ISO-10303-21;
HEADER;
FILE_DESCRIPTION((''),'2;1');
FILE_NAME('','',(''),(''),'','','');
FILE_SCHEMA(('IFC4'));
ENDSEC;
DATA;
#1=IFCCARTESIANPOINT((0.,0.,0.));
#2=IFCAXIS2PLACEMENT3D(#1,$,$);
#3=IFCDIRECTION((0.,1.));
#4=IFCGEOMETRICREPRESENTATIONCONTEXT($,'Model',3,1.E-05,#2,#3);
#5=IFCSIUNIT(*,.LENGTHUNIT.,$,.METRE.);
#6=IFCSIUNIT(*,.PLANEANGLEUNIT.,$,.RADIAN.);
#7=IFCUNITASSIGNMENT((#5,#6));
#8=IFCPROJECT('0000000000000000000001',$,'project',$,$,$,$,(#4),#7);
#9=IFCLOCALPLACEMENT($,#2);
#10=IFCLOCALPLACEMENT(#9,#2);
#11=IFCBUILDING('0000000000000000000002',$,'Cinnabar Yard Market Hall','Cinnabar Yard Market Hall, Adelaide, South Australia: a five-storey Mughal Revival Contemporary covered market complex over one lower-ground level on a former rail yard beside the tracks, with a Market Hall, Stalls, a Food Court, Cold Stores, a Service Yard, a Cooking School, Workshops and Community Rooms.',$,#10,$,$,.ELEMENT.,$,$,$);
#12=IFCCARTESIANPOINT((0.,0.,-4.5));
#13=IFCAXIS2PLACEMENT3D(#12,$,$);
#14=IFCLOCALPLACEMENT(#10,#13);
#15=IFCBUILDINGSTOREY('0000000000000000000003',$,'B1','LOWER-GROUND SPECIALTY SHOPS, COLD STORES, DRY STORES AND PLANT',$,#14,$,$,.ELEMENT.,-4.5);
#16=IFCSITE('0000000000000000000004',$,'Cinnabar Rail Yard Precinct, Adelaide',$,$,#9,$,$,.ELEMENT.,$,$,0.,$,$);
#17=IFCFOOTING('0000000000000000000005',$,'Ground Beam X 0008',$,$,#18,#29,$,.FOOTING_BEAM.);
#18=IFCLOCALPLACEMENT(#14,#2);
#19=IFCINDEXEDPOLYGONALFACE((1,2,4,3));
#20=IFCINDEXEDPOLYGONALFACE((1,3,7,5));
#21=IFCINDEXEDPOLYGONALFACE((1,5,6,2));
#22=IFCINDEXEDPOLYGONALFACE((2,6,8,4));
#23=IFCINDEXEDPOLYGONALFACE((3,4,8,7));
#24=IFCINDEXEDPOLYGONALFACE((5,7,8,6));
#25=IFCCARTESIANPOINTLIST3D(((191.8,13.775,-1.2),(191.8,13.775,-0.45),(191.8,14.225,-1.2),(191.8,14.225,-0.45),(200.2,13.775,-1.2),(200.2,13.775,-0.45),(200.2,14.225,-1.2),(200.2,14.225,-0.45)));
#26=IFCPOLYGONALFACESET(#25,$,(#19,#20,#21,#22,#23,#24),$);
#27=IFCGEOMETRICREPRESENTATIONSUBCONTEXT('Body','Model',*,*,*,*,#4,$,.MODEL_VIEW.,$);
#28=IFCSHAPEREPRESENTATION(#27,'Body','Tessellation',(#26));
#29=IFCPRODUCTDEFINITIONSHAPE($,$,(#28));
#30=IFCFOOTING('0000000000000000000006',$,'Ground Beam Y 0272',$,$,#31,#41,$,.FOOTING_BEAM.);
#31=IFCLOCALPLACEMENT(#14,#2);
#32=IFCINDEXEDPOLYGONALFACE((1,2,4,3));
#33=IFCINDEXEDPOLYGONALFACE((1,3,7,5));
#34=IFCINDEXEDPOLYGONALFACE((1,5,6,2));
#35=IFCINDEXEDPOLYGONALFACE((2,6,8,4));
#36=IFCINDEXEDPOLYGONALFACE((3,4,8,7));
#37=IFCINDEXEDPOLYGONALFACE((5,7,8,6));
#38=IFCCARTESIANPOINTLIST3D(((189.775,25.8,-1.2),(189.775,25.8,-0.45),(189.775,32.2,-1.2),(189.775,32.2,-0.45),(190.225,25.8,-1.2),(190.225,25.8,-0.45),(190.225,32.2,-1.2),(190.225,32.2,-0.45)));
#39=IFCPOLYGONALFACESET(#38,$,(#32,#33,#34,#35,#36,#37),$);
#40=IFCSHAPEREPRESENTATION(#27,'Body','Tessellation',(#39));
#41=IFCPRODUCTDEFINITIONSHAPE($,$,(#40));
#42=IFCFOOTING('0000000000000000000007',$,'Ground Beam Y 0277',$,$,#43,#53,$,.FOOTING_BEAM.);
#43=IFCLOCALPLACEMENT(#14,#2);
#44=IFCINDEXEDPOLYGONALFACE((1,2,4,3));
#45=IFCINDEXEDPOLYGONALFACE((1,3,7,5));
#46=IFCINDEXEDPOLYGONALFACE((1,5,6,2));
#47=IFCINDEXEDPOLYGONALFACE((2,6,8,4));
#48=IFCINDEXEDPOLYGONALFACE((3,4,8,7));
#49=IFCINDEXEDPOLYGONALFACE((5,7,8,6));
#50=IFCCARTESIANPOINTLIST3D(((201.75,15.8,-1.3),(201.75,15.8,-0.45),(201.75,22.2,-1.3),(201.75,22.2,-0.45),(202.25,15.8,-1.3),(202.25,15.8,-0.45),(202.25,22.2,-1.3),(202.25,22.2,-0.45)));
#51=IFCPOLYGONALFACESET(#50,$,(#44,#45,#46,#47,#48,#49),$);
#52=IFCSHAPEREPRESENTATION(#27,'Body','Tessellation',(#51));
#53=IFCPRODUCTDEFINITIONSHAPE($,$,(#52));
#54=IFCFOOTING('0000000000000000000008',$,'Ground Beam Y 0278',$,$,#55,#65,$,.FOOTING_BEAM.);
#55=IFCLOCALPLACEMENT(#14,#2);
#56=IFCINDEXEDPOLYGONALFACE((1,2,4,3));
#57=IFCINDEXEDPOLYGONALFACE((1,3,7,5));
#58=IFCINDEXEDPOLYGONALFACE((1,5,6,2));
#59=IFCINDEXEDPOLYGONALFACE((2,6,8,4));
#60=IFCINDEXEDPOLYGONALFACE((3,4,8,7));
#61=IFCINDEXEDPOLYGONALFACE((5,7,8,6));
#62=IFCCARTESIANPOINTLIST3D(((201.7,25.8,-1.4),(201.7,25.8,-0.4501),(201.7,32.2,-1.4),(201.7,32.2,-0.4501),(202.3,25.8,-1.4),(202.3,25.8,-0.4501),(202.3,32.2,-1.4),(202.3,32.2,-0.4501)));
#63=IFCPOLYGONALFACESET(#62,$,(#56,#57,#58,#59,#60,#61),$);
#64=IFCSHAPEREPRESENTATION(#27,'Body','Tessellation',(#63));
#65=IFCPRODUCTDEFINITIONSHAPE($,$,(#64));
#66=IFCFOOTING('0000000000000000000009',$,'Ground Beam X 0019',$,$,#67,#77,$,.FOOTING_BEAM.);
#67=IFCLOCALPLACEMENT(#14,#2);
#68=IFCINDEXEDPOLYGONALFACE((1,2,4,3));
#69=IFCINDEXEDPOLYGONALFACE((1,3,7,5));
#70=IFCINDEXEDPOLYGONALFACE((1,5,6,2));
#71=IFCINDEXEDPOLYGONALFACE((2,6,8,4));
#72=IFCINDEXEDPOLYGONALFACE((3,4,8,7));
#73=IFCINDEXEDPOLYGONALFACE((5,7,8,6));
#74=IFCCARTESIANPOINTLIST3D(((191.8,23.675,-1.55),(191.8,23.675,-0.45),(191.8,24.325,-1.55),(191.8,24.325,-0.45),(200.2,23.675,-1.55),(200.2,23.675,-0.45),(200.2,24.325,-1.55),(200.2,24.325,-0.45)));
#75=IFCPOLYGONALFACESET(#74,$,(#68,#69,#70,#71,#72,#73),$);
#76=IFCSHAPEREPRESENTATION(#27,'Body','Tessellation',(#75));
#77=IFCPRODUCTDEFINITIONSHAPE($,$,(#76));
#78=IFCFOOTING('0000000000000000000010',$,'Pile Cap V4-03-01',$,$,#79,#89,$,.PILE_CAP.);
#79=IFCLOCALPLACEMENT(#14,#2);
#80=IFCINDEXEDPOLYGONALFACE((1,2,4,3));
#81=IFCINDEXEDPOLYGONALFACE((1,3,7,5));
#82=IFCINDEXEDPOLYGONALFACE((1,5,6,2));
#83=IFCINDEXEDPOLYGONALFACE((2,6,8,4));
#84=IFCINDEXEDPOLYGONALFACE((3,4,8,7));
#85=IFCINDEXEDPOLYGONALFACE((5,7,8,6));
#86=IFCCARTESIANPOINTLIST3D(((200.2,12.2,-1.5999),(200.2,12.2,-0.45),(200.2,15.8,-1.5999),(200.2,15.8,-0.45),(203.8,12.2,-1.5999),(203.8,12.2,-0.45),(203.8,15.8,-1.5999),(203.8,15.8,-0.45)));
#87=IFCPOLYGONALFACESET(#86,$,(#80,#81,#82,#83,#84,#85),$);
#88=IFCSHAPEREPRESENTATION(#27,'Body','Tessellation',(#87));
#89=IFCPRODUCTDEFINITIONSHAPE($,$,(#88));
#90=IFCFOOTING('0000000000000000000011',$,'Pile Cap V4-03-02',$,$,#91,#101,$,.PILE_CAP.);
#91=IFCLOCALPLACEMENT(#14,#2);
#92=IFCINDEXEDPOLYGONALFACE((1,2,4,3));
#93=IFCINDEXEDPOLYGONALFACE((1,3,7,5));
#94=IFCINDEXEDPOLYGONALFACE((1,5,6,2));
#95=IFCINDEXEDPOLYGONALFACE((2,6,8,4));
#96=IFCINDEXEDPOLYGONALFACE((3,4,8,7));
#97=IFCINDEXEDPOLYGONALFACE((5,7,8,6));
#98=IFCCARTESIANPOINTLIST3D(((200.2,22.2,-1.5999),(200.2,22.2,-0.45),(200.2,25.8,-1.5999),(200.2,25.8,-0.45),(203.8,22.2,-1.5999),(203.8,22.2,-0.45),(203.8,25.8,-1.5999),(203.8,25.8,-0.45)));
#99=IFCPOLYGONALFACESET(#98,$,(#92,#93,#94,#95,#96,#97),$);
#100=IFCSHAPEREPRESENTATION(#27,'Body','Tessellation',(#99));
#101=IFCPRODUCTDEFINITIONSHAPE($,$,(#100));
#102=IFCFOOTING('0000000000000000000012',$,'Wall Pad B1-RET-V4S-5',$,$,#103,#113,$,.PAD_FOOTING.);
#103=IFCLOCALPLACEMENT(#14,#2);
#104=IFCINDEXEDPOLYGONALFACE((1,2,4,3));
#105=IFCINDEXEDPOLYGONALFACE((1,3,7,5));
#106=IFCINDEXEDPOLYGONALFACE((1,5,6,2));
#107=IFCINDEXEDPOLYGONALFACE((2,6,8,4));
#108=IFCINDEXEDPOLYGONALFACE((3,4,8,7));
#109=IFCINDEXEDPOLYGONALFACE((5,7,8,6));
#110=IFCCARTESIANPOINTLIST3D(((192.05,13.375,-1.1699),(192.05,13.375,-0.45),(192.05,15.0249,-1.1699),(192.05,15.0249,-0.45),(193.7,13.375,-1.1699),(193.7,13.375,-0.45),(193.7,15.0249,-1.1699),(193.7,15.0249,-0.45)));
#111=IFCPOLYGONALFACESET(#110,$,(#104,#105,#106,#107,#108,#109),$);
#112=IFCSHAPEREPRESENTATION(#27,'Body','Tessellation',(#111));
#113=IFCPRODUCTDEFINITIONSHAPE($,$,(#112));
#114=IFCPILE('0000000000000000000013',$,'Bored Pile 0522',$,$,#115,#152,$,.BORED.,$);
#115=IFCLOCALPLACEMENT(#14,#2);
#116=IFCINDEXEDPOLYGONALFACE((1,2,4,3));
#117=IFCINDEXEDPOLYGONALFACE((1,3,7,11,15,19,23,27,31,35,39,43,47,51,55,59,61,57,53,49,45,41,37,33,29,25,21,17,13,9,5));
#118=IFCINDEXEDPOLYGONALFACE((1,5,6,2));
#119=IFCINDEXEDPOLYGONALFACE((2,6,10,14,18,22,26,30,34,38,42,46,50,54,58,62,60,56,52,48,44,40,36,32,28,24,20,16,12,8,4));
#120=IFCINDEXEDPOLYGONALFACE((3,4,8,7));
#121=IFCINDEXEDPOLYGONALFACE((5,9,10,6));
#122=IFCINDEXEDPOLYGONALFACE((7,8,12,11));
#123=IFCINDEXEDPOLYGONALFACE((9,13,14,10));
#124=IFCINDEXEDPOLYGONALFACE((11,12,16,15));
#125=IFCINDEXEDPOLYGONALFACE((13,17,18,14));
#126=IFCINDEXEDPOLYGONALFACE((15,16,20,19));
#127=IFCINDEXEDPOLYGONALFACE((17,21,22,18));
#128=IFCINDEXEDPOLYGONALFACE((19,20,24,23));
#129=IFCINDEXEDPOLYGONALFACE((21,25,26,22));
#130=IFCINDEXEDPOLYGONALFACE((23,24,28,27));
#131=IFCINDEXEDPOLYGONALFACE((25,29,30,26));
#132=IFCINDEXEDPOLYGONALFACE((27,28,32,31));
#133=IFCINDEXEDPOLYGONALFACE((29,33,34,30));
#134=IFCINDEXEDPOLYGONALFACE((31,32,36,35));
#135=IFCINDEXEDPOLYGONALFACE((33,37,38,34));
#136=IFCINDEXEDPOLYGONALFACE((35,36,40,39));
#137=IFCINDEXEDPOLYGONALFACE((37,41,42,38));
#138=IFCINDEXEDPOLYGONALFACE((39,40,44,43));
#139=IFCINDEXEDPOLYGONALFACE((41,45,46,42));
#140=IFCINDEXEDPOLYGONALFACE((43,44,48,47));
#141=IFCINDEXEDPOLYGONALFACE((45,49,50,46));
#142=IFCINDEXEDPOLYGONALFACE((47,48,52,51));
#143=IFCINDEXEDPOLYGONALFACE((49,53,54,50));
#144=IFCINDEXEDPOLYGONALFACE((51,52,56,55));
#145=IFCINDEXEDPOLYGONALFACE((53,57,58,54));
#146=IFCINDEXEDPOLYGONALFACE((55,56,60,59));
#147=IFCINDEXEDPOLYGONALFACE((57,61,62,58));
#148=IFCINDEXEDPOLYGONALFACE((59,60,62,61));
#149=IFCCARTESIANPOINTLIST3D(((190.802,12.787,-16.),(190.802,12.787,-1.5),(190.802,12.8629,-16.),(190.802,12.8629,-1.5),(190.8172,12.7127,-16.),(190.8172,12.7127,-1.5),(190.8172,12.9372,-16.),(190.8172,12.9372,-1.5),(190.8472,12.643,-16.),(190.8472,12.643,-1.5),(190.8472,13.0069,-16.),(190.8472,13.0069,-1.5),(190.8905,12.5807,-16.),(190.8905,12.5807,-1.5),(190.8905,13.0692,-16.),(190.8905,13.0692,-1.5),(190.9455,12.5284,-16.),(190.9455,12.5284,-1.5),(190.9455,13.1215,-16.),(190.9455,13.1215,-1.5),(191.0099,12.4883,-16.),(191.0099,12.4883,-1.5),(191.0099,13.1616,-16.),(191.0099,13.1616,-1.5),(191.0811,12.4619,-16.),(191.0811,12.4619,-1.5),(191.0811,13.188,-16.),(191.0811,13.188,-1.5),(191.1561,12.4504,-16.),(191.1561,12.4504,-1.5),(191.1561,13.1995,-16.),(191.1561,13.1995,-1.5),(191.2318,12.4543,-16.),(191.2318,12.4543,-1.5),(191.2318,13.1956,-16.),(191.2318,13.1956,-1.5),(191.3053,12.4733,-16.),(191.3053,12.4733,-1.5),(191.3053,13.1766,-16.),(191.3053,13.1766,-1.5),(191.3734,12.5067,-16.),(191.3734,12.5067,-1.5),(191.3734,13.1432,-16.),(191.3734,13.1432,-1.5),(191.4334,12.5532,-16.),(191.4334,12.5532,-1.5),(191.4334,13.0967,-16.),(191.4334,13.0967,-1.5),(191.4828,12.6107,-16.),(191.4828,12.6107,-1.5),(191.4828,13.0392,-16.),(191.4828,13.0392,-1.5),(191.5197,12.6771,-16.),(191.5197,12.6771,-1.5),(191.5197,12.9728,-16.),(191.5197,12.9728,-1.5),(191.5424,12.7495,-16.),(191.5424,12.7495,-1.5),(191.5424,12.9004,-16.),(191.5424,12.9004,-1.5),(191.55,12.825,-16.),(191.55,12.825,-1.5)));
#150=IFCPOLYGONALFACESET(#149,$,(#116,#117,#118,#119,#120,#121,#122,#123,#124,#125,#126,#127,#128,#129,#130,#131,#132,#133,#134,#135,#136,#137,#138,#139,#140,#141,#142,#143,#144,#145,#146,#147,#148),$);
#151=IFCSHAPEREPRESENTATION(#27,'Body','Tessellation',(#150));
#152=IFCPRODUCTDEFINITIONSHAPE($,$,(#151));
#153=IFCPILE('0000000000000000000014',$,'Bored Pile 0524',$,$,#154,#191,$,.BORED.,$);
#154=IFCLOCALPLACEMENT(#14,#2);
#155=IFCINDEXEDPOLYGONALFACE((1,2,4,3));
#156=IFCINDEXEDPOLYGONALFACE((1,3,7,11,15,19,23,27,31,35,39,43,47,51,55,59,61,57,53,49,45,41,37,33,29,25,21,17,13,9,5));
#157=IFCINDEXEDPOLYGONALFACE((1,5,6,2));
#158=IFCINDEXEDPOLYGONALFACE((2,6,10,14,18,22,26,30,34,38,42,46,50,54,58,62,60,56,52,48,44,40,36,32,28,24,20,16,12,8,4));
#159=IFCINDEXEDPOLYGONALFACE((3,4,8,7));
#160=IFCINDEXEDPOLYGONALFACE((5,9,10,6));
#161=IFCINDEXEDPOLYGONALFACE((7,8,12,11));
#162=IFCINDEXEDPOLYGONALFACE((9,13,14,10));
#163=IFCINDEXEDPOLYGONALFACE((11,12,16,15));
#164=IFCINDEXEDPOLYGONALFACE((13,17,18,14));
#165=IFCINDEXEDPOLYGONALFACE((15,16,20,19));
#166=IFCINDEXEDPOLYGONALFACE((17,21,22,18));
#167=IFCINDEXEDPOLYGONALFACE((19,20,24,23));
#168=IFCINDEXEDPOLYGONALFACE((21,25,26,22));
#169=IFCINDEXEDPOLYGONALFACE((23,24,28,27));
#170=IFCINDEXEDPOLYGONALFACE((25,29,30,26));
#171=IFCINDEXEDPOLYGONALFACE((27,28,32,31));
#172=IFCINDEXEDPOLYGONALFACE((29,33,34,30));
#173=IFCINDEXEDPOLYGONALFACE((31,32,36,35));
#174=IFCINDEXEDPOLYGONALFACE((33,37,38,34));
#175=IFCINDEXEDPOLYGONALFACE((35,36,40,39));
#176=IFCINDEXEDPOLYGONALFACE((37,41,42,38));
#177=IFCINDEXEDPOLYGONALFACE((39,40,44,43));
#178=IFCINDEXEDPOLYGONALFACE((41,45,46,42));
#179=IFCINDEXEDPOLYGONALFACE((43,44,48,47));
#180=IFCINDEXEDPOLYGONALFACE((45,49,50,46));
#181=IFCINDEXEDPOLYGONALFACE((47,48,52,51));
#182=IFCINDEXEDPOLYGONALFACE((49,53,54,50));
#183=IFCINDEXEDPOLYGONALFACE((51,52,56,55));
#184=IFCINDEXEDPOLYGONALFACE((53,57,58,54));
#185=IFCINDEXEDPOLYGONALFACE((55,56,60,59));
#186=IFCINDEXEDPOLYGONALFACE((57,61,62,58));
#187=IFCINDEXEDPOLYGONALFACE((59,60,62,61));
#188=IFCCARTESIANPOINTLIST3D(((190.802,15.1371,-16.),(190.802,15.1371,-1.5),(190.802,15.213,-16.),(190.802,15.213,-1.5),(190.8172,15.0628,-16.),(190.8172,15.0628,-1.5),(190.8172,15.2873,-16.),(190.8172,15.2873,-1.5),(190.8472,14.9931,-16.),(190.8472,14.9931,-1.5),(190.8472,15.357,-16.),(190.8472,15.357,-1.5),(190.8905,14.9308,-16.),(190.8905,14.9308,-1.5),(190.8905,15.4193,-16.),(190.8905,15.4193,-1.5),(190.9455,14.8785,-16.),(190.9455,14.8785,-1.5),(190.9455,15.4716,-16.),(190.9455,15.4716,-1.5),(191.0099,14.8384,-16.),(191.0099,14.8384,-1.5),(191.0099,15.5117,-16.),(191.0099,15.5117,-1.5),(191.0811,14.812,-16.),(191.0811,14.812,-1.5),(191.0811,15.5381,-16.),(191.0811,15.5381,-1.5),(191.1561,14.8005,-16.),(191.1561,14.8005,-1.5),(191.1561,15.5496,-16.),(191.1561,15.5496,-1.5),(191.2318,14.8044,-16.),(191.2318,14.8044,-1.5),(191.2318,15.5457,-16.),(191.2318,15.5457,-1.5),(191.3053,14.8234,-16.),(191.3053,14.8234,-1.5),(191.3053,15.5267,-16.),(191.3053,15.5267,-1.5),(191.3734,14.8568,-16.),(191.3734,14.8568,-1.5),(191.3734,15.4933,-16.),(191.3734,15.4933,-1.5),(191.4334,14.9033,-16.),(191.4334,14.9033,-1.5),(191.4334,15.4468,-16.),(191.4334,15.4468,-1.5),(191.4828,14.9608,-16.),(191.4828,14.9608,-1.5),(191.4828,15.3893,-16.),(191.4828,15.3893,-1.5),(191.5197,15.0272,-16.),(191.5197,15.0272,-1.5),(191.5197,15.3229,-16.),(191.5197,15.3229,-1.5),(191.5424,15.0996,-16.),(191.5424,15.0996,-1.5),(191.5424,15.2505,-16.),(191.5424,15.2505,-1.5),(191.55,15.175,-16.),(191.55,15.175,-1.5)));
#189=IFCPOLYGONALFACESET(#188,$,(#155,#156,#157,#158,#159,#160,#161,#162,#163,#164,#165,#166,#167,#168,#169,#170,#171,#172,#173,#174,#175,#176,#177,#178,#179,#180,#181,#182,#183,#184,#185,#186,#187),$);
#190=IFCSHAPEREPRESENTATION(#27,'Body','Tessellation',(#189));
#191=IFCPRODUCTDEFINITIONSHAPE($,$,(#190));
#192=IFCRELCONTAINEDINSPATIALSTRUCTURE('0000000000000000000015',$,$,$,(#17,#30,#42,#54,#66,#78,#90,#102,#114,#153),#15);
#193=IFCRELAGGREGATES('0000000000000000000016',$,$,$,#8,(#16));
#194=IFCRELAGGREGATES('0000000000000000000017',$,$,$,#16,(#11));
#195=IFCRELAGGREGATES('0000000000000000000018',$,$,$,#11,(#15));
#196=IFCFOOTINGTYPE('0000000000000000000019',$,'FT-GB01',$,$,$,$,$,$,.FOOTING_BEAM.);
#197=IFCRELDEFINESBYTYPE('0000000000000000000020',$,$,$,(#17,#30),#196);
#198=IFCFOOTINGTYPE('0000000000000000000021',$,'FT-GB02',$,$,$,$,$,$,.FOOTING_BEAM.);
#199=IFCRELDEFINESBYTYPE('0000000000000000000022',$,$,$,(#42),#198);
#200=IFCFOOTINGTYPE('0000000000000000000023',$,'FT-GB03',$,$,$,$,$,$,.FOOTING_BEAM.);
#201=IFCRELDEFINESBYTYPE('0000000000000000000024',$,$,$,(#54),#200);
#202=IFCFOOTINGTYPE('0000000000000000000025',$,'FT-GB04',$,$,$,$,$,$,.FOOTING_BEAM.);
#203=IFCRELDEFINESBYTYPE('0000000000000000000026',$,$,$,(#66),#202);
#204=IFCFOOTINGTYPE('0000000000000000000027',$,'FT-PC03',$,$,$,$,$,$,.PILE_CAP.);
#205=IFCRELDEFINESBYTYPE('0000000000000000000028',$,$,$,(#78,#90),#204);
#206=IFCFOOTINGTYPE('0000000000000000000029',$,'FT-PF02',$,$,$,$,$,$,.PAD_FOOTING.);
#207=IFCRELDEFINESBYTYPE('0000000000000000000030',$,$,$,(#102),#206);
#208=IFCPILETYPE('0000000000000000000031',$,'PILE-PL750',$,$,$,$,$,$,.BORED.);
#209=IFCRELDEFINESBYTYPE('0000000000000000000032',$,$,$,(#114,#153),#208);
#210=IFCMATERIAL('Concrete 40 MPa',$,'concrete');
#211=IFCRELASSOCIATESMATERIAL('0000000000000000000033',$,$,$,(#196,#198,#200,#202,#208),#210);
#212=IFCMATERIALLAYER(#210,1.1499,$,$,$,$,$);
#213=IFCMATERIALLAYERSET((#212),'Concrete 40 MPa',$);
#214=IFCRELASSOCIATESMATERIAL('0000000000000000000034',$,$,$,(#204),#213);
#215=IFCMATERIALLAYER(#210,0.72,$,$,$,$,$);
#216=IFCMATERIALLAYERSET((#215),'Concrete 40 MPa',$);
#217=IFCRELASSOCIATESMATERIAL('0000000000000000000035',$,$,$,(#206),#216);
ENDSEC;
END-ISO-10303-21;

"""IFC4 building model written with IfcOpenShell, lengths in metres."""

from ifc_helpers import new_model, si_unit, direction, frame, origin, origin_2d_with_axis, place, context, subcontext, project, spatial, rectangle, circle, extrude, material, layer, layer_set, material_profile, profile_set, type_object, element, save


model = new_model("IFC4")

# Units and contexts
model_context = context("Model", 3, precision=1e-05, world=origin(), true_north=direction((0.0, 1.0)))
body_context = subcontext(model_context, "Body", "Model", "MODEL_VIEW")
ifc_project = project(units=[si_unit("LENGTHUNIT", "METRE"), si_unit("PLANEANGLEUNIT", "RADIAN")], contexts=[model_context])

# Site, building, storey
site_placement = place(None, origin())
site = spatial("IfcSite", under=ifc_project, at=site_placement, Name="Cinnabar Rail Yard Precinct, Adelaide", CompositionType="ELEMENT", RefElevation=0.0)
building_placement = place(site_placement, origin())
building = spatial("IfcBuilding", under=site, at=building_placement, Name="Cinnabar Yard Market Hall", Description="Cinnabar Yard Market Hall, Adelaide, South Australia: a five-storey Mughal Revival Contemporary covered market complex over one lower-ground level on a former rail yard beside the tracks, with a Market Hall, Stalls, a Food Court, Cold Stores, a Service Yard, a Cooking School, Workshops and Community Rooms.", CompositionType="ELEMENT")
storey_placement = place(building_placement, frame((0.0, 0.0, -4.5)))
storey = spatial("IfcBuildingStorey", under=building, at=storey_placement, Name="B1", Description="LOWER-GROUND SPECIALTY SHOPS, COLD STORES, DRY STORES AND PLANT", CompositionType="ELEMENT", Elevation=-4.5)

# Footings
ifc_material_1 = material(Name="Concrete 40 MPa", Category="concrete")
ifc_material_profile_1 = material_profile(ifc_material_1, rectangle(XDim=0.45, YDim=0.75, at=origin_2d_with_axis()), Name="GB-450x750")
ifc_profile_set_1 = profile_set([ifc_material_profile_1], Name="Concrete 40 MPa")
footing_type_1 = type_object("IfcFootingType", Name="FT-GB01", PredefinedType="FOOTING_BEAM", material=ifc_profile_set_1)
footing_1_placement = place(storey_placement, frame((191.8, 14.0, -0.825), z_axis=(1.0, 0.0, 0.0), x_axis=(0.0, 1.0, 0.0)))
element("IfcFooting", 1, at=footing_1_placement, inside=storey, type_object=footing_type_1, Name="Ground Beam X 0008", PredefinedType="FOOTING_BEAM", context=body_context, shape_type="SweptSolid", body=[
    extrude(rectangle(XDim=0.45, YDim=0.75, at=origin_2d_with_axis()), origin(), (0.0, 0.0, 1.0), 8.3999),
])
footing_2_placement = place(storey_placement, frame((190.0, 25.8, -0.825), z_axis=(0.0, 1.0, 0.0), x_axis=(-1.0, 0.0, 0.0)))
element("IfcFooting", 2, at=footing_2_placement, inside=storey, type_object=footing_type_1, Name="Ground Beam Y 0272", PredefinedType="FOOTING_BEAM", context=body_context, shape_type="SweptSolid", body=[
    extrude(rectangle(XDim=0.45, YDim=0.75, at=origin_2d_with_axis()), origin(), (0.0, 0.0, 1.0), 6.3999),
])
ifc_material_profile_2 = material_profile(ifc_material_1, rectangle(XDim=0.5, YDim=0.8501, at=origin_2d_with_axis()), Name="GB-500x850")
ifc_profile_set_2 = profile_set([ifc_material_profile_2], Name="Concrete 40 MPa")
footing_type_2 = type_object("IfcFootingType", Name="FT-GB02", PredefinedType="FOOTING_BEAM", material=ifc_profile_set_2)
footing_3_placement = place(storey_placement, frame((202.0, 15.8, -0.875), z_axis=(0.0, 1.0, 0.0), x_axis=(-1.0, 0.0, 0.0)))
element("IfcFooting", 3, at=footing_3_placement, inside=storey, type_object=footing_type_2, Name="Ground Beam Y 0277", PredefinedType="FOOTING_BEAM", context=body_context, shape_type="SweptSolid", body=[
    extrude(rectangle(XDim=0.5, YDim=0.8501, at=origin_2d_with_axis()), origin(), (0.0, 0.0, 1.0), 6.3999),
])
ifc_material_profile_3 = material_profile(ifc_material_1, rectangle(XDim=0.6001, YDim=0.95, at=origin_2d_with_axis()), Name="GB-600x950")
ifc_profile_set_3 = profile_set([ifc_material_profile_3], Name="Concrete 40 MPa")
footing_type_3 = type_object("IfcFootingType", Name="FT-GB03", PredefinedType="FOOTING_BEAM", material=ifc_profile_set_3)
footing_4_placement = place(storey_placement, frame((202.0, 25.8, -0.925), z_axis=(0.0, 1.0, 0.0), x_axis=(-1.0, 0.0, 0.0)))
element("IfcFooting", 4, at=footing_4_placement, inside=storey, type_object=footing_type_3, Name="Ground Beam Y 0278", PredefinedType="FOOTING_BEAM", context=body_context, shape_type="SweptSolid", body=[
    extrude(rectangle(XDim=0.6001, YDim=0.95, at=origin_2d_with_axis()), origin(), (0.0, 0.0, 1.0), 6.3999),
])
ifc_material_profile_4 = material_profile(ifc_material_1, rectangle(XDim=0.6499, YDim=1.1001, at=origin_2d_with_axis()), Name="GB-650x1100")
ifc_profile_set_4 = profile_set([ifc_material_profile_4], Name="Concrete 40 MPa")
footing_type_4 = type_object("IfcFootingType", Name="FT-GB04", PredefinedType="FOOTING_BEAM", material=ifc_profile_set_4)
footing_5_placement = place(storey_placement, frame((191.8, 24.0, -1.0), z_axis=(1.0, 0.0, 0.0), x_axis=(0.0, 1.0, 0.0)))
element("IfcFooting", 5, at=footing_5_placement, inside=storey, type_object=footing_type_4, Name="Ground Beam X 0019", PredefinedType="FOOTING_BEAM", context=body_context, shape_type="SweptSolid", body=[
    extrude(rectangle(XDim=0.6499, YDim=1.1001, at=origin_2d_with_axis()), origin(), (0.0, 0.0, 1.0), 8.3999),
])
ifc_layer_1 = layer(ifc_material_1, 1.1499)
ifc_layer_set_1 = layer_set([ifc_layer_1], Name="Concrete 40 MPa")
footing_type_5 = type_object("IfcFootingType", Name="FT-PC03", PredefinedType="PILE_CAP", material=ifc_layer_set_1)
for number, where, z_axis, x_axis, name in (
    (6, (202.0, 14.0, -1.5999), (0.0, 0.0, 1.0), (1.0, 0.0, 0.0), "Pile Cap V4-03-01"),
    (7, (202.0, 24.0, -1.5999), (0.0, 0.0, 1.0), (1.0, 0.0, 0.0), "Pile Cap V4-03-02"),
):
    element("IfcFooting", number, at=place(storey_placement, frame(where, z_axis=z_axis, x_axis=x_axis)), inside=storey, type_object=footing_type_5, Name=name, PredefinedType="PILE_CAP", context=body_context, shape_type="SweptSolid", body=[
        extrude(rectangle(XDim=3.6001, YDim=3.6001, at=origin_2d_with_axis()), origin(), (0.0, 0.0, 1.0), 1.1499),
    ])
ifc_layer_2 = layer(ifc_material_1, 0.72)
ifc_layer_set_2 = layer_set([ifc_layer_2], Name="Concrete 40 MPa")
footing_type_6 = type_object("IfcFootingType", Name="FT-PF02", PredefinedType="PAD_FOOTING", material=ifc_layer_set_2)
footing_6_placement = place(storey_placement, frame((192.875, 14.2, -1.1699), z_axis=(0.0, 0.0, 1.0), x_axis=(1.0, 0.0, 0.0)))
element("IfcFooting", 8, at=footing_6_placement, inside=storey, type_object=footing_type_6, Name="Wall Pad B1-RET-V4S-5", PredefinedType="PAD_FOOTING", context=body_context, shape_type="SweptSolid", body=[
    extrude(rectangle(XDim=1.6499, YDim=1.6499, at=origin_2d_with_axis()), origin(), (0.0, 0.0, 1.0), 0.72),
])

# Piles
ifc_material_profile_5 = material_profile(ifc_material_1, circle(Radius=0.375, at=origin_2d_with_axis()), Name="PILE-D750")
ifc_profile_set_5 = profile_set([ifc_material_profile_5], Name="Concrete 40 MPa")
pile_type = type_object("IfcPileType", Name="PILE-PL750", PredefinedType="BORED", material=ifc_profile_set_5)
for number, where, z_axis, x_axis, name in (
    (9, (191.175, 12.825, -1.5), (0.0, 0.0, -1.0), (1.0, 0.0, 0.0), "Bored Pile 0522"),
    (10, (191.175, 15.175, -1.5), (0.0, 0.0, -1.0), (1.0, 0.0, 0.0), "Bored Pile 0524"),
):
    element("IfcPile", number, at=place(storey_placement, frame(where, z_axis=z_axis, x_axis=x_axis)), inside=storey, type_object=pile_type, Name=name, PredefinedType="BORED", context=body_context, shape_type="SweptSolid", body=[
        extrude(circle(Radius=0.375, at=origin_2d_with_axis()), origin(), (0.0, 0.0, 1.0), 14.5),
    ])

save(model, "model.ifc")
